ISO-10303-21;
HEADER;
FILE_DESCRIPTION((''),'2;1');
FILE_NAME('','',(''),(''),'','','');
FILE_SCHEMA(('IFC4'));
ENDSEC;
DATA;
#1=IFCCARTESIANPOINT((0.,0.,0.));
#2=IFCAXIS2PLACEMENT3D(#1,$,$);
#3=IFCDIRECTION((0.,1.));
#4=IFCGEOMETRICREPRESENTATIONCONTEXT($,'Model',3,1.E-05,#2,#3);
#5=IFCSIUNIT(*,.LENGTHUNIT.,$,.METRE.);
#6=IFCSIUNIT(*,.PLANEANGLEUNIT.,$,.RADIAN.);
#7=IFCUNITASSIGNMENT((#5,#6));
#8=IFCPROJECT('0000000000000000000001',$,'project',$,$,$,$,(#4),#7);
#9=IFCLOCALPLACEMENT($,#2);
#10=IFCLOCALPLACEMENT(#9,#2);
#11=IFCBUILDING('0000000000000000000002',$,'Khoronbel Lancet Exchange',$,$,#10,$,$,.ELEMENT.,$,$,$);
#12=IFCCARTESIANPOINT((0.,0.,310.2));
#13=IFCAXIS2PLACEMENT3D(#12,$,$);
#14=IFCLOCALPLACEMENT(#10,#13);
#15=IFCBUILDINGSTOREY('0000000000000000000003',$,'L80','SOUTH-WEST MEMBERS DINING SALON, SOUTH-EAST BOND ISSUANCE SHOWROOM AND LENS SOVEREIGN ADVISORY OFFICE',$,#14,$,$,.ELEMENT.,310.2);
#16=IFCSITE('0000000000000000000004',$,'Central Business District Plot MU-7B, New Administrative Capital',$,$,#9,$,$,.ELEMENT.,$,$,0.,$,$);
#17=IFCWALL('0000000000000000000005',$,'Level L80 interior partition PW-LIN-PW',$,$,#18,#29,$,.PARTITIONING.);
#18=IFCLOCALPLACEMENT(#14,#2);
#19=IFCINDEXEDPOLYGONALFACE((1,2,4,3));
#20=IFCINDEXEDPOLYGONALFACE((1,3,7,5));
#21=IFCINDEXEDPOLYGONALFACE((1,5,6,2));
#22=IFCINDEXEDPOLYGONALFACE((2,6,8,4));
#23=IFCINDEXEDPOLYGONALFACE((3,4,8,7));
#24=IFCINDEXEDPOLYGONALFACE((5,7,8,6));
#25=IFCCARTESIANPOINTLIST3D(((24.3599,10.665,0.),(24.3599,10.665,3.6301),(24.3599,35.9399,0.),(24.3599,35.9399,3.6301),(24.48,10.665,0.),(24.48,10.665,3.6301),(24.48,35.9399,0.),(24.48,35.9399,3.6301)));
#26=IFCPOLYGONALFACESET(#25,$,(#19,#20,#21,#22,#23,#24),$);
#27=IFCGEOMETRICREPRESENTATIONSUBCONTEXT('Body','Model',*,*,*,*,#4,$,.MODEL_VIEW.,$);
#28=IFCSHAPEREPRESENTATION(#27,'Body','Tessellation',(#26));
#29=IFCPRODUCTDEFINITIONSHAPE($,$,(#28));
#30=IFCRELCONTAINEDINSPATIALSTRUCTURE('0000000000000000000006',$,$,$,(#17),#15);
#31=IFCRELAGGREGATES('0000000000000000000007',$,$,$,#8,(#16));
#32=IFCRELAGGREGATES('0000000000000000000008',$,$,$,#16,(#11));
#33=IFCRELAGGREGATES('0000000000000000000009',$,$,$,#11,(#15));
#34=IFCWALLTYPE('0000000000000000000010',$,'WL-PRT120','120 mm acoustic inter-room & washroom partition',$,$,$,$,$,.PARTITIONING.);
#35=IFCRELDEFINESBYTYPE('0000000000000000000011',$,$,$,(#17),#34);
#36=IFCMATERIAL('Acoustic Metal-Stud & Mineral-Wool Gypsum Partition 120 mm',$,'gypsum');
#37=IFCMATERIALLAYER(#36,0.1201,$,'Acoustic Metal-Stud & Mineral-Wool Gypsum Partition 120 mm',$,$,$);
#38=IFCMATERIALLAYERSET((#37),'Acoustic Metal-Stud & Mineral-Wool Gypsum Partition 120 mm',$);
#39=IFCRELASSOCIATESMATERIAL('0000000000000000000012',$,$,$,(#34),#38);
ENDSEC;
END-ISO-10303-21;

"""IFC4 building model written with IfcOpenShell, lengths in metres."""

from ifc_helpers import new_model, si_unit, direction, frame, frame_2d, origin, place, context, subcontext, project, spatial, rectangle, extrude, material, layer, layer_set, type_object, element, save


model = new_model("IFC4")

# Units and contexts
model_context = context("Model", 3, precision=1e-05, world=origin(), true_north=direction((0.0, 1.0)))
body_context = subcontext(model_context, "Body", "Model", "MODEL_VIEW")
ifc_project = project(units=[si_unit("LENGTHUNIT", "METRE"), si_unit("PLANEANGLEUNIT", "RADIAN")], contexts=[model_context])

# Site, building, storey
site_placement = place(None, origin())
site = spatial("IfcSite", under=ifc_project, at=site_placement, Name="Central Business District Plot MU-7B, New Administrative Capital", CompositionType="ELEMENT", RefElevation=0.0)
building_placement = place(site_placement, origin())
building = spatial("IfcBuilding", under=site, at=building_placement, Name="Khoronbel Lancet Exchange", CompositionType="ELEMENT")
storey_placement = place(building_placement, frame((0.0, 0.0, 310.2)))
storey = spatial("IfcBuildingStorey", under=building, at=storey_placement, Name="L80", Description="SOUTH-WEST MEMBERS DINING SALON, SOUTH-EAST BOND ISSUANCE SHOWROOM AND LENS SOVEREIGN ADVISORY OFFICE", CompositionType="ELEMENT", Elevation=310.2)

# Wall
ifc_material_1 = material(Name="Acoustic Metal-Stud & Mineral-Wool Gypsum Partition 120 mm", Category="gypsum")
ifc_layer_1 = layer(ifc_material_1, 0.1201, Name="Acoustic Metal-Stud & Mineral-Wool Gypsum Partition 120 mm")
ifc_layer_set_1 = layer_set([ifc_layer_1], Name="Acoustic Metal-Stud & Mineral-Wool Gypsum Partition 120 mm")
wall_type = type_object("IfcWallType", Name="WL-PRT120", Description="120 mm acoustic inter-room & washroom partition", PredefinedType="PARTITIONING", material=ifc_layer_set_1)
wall_placement = place(storey_placement, frame((24.4199, 10.665, 0.0), z_axis=(0.0, 0.0, 1.0), x_axis=(0.0, 1.0, 0.0)))
element("IfcWall", 1, at=wall_placement, inside=storey, type_object=wall_type, Name="Level L80 interior partition PW-LIN-PW", PredefinedType="PARTITIONING", context=body_context, shape_type="SweptSolid", body=[
    extrude(rectangle(XDim=25.2749, YDim=0.1201, at=frame_2d((12.6375, 0.0))), origin(), (0.0, 0.0, 1.0), 3.6301),
])

save(model, "model.ifc")
